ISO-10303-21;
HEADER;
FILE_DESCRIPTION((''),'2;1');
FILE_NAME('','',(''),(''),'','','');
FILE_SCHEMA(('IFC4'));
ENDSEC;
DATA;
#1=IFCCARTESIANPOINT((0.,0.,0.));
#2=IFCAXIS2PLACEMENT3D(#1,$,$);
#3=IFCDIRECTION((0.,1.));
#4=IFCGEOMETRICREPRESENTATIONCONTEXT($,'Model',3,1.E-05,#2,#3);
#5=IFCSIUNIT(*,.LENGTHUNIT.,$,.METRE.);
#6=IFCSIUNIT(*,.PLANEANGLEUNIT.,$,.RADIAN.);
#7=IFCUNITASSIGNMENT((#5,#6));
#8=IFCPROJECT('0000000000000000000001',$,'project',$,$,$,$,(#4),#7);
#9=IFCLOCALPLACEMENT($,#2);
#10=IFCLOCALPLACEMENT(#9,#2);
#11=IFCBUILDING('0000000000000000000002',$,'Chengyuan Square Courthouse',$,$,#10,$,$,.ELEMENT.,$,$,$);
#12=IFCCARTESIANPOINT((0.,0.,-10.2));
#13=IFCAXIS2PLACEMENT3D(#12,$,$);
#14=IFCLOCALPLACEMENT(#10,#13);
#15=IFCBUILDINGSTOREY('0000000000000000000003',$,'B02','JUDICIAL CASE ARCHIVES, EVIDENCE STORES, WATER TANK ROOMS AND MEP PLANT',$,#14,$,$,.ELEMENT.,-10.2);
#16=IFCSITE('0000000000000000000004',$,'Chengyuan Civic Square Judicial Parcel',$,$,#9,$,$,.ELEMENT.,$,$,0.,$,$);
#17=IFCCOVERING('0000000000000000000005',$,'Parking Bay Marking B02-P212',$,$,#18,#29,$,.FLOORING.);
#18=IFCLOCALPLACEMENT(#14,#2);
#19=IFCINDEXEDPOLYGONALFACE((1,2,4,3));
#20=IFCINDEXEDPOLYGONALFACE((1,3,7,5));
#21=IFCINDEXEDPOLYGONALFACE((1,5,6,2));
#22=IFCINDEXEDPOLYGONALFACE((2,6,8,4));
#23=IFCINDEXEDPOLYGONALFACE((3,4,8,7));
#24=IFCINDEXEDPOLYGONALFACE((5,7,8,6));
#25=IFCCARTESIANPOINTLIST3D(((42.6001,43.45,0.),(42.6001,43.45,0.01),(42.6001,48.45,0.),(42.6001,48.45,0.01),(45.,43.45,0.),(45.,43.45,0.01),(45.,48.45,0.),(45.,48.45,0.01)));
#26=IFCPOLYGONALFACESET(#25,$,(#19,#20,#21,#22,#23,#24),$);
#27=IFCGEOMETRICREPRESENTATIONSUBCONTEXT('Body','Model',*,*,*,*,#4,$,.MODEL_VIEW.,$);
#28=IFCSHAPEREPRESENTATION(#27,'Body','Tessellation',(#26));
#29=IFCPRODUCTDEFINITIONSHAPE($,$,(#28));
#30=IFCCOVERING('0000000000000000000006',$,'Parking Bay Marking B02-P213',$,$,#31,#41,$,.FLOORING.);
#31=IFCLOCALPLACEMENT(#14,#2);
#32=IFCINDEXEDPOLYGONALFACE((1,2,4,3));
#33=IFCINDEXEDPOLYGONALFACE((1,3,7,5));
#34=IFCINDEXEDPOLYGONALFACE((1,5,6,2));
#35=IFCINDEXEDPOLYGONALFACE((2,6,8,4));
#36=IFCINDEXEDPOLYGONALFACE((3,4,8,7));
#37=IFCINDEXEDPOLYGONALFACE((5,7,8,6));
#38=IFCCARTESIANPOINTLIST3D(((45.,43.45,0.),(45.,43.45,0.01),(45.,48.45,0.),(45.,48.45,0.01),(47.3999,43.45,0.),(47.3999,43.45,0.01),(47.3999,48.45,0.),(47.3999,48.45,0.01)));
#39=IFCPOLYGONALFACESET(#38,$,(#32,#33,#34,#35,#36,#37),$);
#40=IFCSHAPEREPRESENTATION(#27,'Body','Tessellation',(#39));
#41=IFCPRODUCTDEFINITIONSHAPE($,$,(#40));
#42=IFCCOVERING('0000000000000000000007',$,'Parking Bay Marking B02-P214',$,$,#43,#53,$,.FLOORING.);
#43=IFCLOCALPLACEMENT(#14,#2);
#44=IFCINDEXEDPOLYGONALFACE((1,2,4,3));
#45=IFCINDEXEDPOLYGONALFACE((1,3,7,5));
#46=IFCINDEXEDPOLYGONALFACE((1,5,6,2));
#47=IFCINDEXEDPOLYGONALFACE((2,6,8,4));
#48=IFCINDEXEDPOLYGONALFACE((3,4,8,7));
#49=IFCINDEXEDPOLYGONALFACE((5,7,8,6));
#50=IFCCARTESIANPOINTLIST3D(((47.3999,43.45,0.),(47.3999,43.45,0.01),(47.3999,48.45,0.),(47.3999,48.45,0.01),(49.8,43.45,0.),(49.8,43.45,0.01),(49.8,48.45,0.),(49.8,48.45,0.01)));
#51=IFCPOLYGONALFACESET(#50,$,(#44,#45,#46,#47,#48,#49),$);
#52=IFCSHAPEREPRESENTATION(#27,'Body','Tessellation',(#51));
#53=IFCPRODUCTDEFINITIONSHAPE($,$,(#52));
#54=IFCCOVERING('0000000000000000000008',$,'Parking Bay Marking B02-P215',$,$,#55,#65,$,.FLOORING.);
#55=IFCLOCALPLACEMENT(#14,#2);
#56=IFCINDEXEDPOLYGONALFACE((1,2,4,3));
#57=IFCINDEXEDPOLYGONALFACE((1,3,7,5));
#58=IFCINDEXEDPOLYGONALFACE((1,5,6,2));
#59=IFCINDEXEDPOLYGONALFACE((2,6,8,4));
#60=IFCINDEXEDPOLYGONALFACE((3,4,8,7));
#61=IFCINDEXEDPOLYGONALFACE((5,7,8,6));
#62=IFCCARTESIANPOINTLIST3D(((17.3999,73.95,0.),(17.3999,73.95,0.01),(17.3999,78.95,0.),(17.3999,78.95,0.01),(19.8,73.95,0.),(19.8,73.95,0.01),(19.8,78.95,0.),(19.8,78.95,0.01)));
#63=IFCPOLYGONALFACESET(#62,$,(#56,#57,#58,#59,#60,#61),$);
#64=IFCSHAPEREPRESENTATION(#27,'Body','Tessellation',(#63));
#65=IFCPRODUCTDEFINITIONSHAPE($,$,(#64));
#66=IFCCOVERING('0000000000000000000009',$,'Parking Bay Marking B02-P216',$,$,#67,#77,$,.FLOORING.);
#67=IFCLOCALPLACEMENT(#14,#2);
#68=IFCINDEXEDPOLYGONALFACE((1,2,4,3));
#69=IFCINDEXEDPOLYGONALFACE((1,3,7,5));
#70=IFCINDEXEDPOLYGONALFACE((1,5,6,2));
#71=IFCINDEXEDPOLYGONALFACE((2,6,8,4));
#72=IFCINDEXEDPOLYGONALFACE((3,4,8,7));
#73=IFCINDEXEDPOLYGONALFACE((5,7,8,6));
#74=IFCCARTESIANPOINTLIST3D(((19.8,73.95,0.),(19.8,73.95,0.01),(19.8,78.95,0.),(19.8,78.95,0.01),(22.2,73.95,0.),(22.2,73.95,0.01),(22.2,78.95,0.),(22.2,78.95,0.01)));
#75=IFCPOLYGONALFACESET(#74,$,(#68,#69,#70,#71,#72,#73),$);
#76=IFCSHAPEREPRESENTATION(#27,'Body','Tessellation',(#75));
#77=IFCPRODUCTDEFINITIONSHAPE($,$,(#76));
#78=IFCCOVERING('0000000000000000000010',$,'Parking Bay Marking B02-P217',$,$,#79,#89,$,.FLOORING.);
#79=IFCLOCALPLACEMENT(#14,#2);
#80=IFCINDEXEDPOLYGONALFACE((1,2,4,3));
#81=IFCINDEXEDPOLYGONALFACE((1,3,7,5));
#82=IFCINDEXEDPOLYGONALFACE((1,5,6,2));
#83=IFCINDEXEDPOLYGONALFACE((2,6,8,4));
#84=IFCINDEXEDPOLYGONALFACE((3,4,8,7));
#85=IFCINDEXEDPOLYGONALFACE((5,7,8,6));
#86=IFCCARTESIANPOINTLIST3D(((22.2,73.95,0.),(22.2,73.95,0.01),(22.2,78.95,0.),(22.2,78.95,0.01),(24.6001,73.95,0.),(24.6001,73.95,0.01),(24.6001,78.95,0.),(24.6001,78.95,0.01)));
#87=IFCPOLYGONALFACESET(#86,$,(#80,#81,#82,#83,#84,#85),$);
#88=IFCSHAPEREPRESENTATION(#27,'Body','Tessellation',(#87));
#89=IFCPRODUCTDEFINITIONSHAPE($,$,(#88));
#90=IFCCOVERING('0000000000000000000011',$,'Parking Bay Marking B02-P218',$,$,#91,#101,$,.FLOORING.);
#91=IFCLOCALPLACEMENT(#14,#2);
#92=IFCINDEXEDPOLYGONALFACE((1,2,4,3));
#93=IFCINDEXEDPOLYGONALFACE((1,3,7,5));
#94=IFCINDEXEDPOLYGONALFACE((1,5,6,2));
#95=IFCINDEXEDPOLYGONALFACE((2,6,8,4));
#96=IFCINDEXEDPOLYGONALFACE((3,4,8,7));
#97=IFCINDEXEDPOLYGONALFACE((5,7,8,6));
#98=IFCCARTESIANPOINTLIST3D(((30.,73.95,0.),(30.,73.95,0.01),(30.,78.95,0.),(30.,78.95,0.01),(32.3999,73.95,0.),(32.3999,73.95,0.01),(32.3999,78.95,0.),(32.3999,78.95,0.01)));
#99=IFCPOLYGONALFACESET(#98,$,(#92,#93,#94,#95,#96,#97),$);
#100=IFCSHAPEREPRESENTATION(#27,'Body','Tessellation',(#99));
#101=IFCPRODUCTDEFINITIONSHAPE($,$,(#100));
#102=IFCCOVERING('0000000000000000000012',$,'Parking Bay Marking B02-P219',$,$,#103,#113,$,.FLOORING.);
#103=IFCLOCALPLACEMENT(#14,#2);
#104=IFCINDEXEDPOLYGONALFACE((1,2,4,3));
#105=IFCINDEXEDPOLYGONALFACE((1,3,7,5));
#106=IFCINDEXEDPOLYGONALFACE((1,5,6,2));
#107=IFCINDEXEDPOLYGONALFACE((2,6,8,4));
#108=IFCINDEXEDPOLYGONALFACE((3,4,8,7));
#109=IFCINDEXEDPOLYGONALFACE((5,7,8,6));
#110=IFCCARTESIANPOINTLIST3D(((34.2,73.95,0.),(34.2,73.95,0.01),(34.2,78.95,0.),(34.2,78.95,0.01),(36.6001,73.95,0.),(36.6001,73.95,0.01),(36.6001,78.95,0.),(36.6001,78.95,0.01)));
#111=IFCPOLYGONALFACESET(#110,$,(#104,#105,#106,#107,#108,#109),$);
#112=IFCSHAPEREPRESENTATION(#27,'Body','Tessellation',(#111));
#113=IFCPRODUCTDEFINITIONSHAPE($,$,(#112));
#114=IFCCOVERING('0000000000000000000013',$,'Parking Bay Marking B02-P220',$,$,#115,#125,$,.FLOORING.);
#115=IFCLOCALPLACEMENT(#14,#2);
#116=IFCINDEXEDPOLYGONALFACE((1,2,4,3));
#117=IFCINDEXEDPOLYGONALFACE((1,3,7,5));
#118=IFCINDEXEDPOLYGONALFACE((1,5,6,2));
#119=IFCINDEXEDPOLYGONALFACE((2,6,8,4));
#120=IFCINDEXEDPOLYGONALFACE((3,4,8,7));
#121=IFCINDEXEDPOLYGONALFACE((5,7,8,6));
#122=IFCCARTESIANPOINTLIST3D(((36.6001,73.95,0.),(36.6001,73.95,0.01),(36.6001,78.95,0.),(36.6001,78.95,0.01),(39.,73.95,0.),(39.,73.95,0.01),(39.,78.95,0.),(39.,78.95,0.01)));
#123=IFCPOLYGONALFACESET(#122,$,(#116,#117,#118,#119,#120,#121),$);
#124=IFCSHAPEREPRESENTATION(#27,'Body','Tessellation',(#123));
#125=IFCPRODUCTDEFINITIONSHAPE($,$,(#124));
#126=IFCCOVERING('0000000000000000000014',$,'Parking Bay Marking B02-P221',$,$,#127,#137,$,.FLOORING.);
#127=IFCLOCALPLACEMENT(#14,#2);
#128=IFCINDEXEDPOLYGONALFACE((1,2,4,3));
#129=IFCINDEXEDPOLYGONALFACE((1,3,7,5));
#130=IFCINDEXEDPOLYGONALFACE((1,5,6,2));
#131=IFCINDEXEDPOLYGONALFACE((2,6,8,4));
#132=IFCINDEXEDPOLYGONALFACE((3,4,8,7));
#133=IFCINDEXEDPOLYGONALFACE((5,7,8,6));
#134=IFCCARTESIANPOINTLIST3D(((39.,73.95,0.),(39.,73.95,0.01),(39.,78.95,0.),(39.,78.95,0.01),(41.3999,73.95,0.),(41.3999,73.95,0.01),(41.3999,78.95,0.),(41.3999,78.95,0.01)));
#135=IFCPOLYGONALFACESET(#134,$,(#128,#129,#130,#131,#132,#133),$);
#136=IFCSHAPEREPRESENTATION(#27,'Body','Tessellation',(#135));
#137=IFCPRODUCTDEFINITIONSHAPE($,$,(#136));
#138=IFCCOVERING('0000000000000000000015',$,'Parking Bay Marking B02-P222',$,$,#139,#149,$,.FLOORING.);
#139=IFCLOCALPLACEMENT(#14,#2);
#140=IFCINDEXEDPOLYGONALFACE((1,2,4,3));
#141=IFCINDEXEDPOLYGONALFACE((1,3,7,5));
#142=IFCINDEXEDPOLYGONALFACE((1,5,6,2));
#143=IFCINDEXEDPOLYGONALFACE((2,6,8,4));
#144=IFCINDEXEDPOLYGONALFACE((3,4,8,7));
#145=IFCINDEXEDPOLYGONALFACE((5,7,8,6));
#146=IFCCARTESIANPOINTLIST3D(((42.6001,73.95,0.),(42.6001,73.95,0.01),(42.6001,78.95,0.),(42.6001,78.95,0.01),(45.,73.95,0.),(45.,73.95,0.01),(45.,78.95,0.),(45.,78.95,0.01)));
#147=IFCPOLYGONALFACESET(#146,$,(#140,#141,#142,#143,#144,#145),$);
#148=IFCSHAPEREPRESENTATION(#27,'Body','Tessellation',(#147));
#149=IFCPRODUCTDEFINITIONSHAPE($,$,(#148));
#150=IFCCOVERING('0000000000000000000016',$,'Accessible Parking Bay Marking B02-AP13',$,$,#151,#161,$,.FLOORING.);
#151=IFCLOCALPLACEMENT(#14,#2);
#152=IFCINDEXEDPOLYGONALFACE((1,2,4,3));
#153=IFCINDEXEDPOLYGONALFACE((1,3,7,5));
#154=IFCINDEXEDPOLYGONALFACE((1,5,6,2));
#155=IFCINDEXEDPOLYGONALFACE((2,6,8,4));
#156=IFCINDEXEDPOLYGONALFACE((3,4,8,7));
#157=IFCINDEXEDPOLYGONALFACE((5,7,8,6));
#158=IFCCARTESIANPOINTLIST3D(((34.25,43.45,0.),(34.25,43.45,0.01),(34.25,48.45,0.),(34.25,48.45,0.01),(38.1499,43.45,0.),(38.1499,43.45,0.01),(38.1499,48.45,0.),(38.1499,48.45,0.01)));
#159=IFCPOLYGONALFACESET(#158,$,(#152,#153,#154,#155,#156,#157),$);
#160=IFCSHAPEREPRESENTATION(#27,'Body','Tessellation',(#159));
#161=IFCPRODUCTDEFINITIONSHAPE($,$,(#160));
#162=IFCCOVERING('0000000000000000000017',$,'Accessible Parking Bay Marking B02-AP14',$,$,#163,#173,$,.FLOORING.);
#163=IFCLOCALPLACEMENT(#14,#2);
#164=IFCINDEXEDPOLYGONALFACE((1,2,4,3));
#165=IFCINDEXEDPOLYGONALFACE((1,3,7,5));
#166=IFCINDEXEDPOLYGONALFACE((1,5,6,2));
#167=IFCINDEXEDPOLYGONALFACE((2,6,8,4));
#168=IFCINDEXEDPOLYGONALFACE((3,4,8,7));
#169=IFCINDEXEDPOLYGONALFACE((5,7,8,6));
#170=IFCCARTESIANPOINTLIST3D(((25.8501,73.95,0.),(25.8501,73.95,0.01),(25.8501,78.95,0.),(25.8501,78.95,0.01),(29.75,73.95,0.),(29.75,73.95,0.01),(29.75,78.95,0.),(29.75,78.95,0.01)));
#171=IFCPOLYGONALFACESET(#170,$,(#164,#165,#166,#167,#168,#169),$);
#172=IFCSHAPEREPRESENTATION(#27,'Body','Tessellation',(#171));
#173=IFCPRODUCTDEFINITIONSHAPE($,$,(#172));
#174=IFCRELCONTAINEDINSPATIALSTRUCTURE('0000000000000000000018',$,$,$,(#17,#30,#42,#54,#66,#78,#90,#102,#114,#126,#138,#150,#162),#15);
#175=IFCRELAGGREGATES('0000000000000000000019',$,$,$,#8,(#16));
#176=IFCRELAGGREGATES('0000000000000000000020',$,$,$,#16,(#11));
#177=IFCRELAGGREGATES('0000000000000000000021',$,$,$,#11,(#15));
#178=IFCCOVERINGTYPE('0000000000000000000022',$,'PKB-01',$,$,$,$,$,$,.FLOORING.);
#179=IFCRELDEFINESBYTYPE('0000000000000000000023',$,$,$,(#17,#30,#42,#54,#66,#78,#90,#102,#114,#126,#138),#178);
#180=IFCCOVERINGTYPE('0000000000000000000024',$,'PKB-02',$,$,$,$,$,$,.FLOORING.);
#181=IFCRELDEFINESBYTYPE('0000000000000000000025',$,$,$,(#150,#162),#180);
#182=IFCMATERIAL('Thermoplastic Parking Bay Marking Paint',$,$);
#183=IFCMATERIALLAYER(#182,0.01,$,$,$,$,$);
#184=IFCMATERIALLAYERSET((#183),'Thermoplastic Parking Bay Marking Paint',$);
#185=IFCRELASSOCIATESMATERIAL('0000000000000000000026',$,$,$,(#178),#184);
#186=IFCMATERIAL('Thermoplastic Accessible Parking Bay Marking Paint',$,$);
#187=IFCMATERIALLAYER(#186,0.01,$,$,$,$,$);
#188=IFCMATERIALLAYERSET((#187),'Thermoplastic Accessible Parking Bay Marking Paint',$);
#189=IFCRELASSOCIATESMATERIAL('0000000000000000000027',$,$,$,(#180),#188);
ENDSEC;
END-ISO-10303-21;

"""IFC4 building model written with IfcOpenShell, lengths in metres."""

from ifc_helpers import new_model, si_unit, direction, frame, origin, place, context, subcontext, project, spatial, polyline, outline, extrude, material, layer, layer_set, type_object, element, save


model = new_model("IFC4")

# Units and contexts
model_context = context("Model", 3, precision=1e-05, world=origin(), true_north=direction((0.0, 1.0)))
body_context = subcontext(model_context, "Body", "Model", "MODEL_VIEW")
ifc_project = project(units=[si_unit("LENGTHUNIT", "METRE"), si_unit("PLANEANGLEUNIT", "RADIAN")], contexts=[model_context])

# Site, building, storey
site_placement = place(None, origin())
site = spatial("IfcSite", under=ifc_project, at=site_placement, Name="Chengyuan Civic Square Judicial Parcel", CompositionType="ELEMENT", RefElevation=0.0)
building_placement = place(site_placement, origin())
building = spatial("IfcBuilding", under=site, at=building_placement, Name="Chengyuan Square Courthouse", CompositionType="ELEMENT")
storey_placement = place(building_placement, frame((0.0, 0.0, -10.2)))
storey = spatial("IfcBuildingStorey", under=building, at=storey_placement, Name="B02", Description="JUDICIAL CASE ARCHIVES, EVIDENCE STORES, WATER TANK ROOMS AND MEP PLANT", CompositionType="ELEMENT", Elevation=-10.2)

# Coverings
ifc_material_1 = material(Name="Thermoplastic Parking Bay Marking Paint")
ifc_layer_1 = layer(ifc_material_1, 0.01)
ifc_layer_set_1 = layer_set([ifc_layer_1], Name="Thermoplastic Parking Bay Marking Paint")
covering_type_1 = type_object("IfcCoveringType", Name="PKB-01", PredefinedType="FLOORING", material=ifc_layer_set_1)
covering_1_placement = place(storey_placement, origin())
element("IfcCovering", 1, at=covering_1_placement, inside=storey, type_object=covering_type_1, Name="Parking Bay Marking B02-P212", PredefinedType="FLOORING", context=body_context, shape_type="SweptSolid", body=[
    extrude(outline(polyline([(42.6001, 43.45), (45.0, 43.45), (45.0, 48.45), (42.6001, 48.45), (42.6001, 43.45)])), origin(), (0.0, 0.0, 1.0), 0.01),
])
covering_2_placement = place(storey_placement, origin())
element("IfcCovering", 2, at=covering_2_placement, inside=storey, type_object=covering_type_1, Name="Parking Bay Marking B02-P213", PredefinedType="FLOORING", context=body_context, shape_type="SweptSolid", body=[
    extrude(outline(polyline([(45.0, 43.45), (47.3999, 43.45), (47.3999, 48.45), (45.0, 48.45), (45.0, 43.45)])), origin(), (0.0, 0.0, 1.0), 0.01),
])
covering_3_placement = place(storey_placement, origin())
element("IfcCovering", 3, at=covering_3_placement, inside=storey, type_object=covering_type_1, Name="Parking Bay Marking B02-P214", PredefinedType="FLOORING", context=body_context, shape_type="SweptSolid", body=[
    extrude(outline(polyline([(47.3999, 43.45), (49.8, 43.45), (49.8, 48.45), (47.3999, 48.45), (47.3999, 43.45)])), origin(), (0.0, 0.0, 1.0), 0.01),
])
covering_4_placement = place(storey_placement, origin())
element("IfcCovering", 4, at=covering_4_placement, inside=storey, type_object=covering_type_1, Name="Parking Bay Marking B02-P215", PredefinedType="FLOORING", context=body_context, shape_type="SweptSolid", body=[
    extrude(outline(polyline([(17.3999, 73.95), (19.8, 73.95), (19.8, 78.95), (17.3999, 78.95), (17.3999, 73.95)])), origin(), (0.0, 0.0, 1.0), 0.01),
])
covering_5_placement = place(storey_placement, origin())
element("IfcCovering", 5, at=covering_5_placement, inside=storey, type_object=covering_type_1, Name="Parking Bay Marking B02-P216", PredefinedType="FLOORING", context=body_context, shape_type="SweptSolid", body=[
    extrude(outline(polyline([(19.8, 73.95), (22.2, 73.95), (22.2, 78.95), (19.8, 78.95), (19.8, 73.95)])), origin(), (0.0, 0.0, 1.0), 0.01),
])
covering_6_placement = place(storey_placement, origin())
element("IfcCovering", 6, at=covering_6_placement, inside=storey, type_object=covering_type_1, Name="Parking Bay Marking B02-P217", PredefinedType="FLOORING", context=body_context, shape_type="SweptSolid", body=[
    extrude(outline(polyline([(22.2, 73.95), (24.6001, 73.95), (24.6001, 78.95), (22.2, 78.95), (22.2, 73.95)])), origin(), (0.0, 0.0, 1.0), 0.01),
])
covering_7_placement = place(storey_placement, origin())
element("IfcCovering", 7, at=covering_7_placement, inside=storey, type_object=covering_type_1, Name="Parking Bay Marking B02-P218", PredefinedType="FLOORING", context=body_context, shape_type="SweptSolid", body=[
    extrude(outline(polyline([(30.0, 73.95), (32.3999, 73.95), (32.3999, 78.95), (30.0, 78.95), (30.0, 73.95)])), origin(), (0.0, 0.0, 1.0), 0.01),
])
covering_8_placement = place(storey_placement, origin())
element("IfcCovering", 8, at=covering_8_placement, inside=storey, type_object=covering_type_1, Name="Parking Bay Marking B02-P219", PredefinedType="FLOORING", context=body_context, shape_type="SweptSolid", body=[
    extrude(outline(polyline([(34.2, 73.95), (36.6001, 73.95), (36.6001, 78.95), (34.2, 78.95), (34.2, 73.95)])), origin(), (0.0, 0.0, 1.0), 0.01),
])
covering_9_placement = place(storey_placement, origin())
element("IfcCovering", 9, at=covering_9_placement, inside=storey, type_object=covering_type_1, Name="Parking Bay Marking B02-P220", PredefinedType="FLOORING", context=body_context, shape_type="SweptSolid", body=[
    extrude(outline(polyline([(36.6001, 73.95), (39.0, 73.95), (39.0, 78.95), (36.6001, 78.95), (36.6001, 73.95)])), origin(), (0.0, 0.0, 1.0), 0.01),
])
covering_10_placement = place(storey_placement, origin())
element("IfcCovering", 10, at=covering_10_placement, inside=storey, type_object=covering_type_1, Name="Parking Bay Marking B02-P221", PredefinedType="FLOORING", context=body_context, shape_type="SweptSolid", body=[
    extrude(outline(polyline([(39.0, 73.95), (41.3999, 73.95), (41.3999, 78.95), (39.0, 78.95), (39.0, 73.95)])), origin(), (0.0, 0.0, 1.0), 0.01),
])
covering_11_placement = place(storey_placement, origin())
element("IfcCovering", 11, at=covering_11_placement, inside=storey, type_object=covering_type_1, Name="Parking Bay Marking B02-P222", PredefinedType="FLOORING", context=body_context, shape_type="SweptSolid", body=[
    extrude(outline(polyline([(42.6001, 73.95), (45.0, 73.95), (45.0, 78.95), (42.6001, 78.95), (42.6001, 73.95)])), origin(), (0.0, 0.0, 1.0), 0.01),
])
ifc_material_2 = material(Name="Thermoplastic Accessible Parking Bay Marking Paint")
ifc_layer_2 = layer(ifc_material_2, 0.01)
ifc_layer_set_2 = layer_set([ifc_layer_2], Name="Thermoplastic Accessible Parking Bay Marking Paint")
covering_type_2 = type_object("IfcCoveringType", Name="PKB-02", PredefinedType="FLOORING", material=ifc_layer_set_2)
covering_12_placement = place(storey_placement, origin())
element("IfcCovering", 12, at=covering_12_placement, inside=storey, type_object=covering_type_2, Name="Accessible Parking Bay Marking B02-AP13", PredefinedType="FLOORING", context=body_context, shape_type="SweptSolid", body=[
    extrude(outline(polyline([(34.25, 43.45), (38.1499, 43.45), (38.1499, 48.45), (34.25, 48.45), (34.25, 43.45)])), origin(), (0.0, 0.0, 1.0), 0.01),
])
covering_13_placement = place(storey_placement, origin())
element("IfcCovering", 13, at=covering_13_placement, inside=storey, type_object=covering_type_2, Name="Accessible Parking Bay Marking B02-AP14", PredefinedType="FLOORING", context=body_context, shape_type="SweptSolid", body=[
    extrude(outline(polyline([(25.8501, 73.95), (29.75, 73.95), (29.75, 78.95), (25.8501, 78.95), (25.8501, 73.95)])), origin(), (0.0, 0.0, 1.0), 0.01),
])

save(model, "model.ifc")
